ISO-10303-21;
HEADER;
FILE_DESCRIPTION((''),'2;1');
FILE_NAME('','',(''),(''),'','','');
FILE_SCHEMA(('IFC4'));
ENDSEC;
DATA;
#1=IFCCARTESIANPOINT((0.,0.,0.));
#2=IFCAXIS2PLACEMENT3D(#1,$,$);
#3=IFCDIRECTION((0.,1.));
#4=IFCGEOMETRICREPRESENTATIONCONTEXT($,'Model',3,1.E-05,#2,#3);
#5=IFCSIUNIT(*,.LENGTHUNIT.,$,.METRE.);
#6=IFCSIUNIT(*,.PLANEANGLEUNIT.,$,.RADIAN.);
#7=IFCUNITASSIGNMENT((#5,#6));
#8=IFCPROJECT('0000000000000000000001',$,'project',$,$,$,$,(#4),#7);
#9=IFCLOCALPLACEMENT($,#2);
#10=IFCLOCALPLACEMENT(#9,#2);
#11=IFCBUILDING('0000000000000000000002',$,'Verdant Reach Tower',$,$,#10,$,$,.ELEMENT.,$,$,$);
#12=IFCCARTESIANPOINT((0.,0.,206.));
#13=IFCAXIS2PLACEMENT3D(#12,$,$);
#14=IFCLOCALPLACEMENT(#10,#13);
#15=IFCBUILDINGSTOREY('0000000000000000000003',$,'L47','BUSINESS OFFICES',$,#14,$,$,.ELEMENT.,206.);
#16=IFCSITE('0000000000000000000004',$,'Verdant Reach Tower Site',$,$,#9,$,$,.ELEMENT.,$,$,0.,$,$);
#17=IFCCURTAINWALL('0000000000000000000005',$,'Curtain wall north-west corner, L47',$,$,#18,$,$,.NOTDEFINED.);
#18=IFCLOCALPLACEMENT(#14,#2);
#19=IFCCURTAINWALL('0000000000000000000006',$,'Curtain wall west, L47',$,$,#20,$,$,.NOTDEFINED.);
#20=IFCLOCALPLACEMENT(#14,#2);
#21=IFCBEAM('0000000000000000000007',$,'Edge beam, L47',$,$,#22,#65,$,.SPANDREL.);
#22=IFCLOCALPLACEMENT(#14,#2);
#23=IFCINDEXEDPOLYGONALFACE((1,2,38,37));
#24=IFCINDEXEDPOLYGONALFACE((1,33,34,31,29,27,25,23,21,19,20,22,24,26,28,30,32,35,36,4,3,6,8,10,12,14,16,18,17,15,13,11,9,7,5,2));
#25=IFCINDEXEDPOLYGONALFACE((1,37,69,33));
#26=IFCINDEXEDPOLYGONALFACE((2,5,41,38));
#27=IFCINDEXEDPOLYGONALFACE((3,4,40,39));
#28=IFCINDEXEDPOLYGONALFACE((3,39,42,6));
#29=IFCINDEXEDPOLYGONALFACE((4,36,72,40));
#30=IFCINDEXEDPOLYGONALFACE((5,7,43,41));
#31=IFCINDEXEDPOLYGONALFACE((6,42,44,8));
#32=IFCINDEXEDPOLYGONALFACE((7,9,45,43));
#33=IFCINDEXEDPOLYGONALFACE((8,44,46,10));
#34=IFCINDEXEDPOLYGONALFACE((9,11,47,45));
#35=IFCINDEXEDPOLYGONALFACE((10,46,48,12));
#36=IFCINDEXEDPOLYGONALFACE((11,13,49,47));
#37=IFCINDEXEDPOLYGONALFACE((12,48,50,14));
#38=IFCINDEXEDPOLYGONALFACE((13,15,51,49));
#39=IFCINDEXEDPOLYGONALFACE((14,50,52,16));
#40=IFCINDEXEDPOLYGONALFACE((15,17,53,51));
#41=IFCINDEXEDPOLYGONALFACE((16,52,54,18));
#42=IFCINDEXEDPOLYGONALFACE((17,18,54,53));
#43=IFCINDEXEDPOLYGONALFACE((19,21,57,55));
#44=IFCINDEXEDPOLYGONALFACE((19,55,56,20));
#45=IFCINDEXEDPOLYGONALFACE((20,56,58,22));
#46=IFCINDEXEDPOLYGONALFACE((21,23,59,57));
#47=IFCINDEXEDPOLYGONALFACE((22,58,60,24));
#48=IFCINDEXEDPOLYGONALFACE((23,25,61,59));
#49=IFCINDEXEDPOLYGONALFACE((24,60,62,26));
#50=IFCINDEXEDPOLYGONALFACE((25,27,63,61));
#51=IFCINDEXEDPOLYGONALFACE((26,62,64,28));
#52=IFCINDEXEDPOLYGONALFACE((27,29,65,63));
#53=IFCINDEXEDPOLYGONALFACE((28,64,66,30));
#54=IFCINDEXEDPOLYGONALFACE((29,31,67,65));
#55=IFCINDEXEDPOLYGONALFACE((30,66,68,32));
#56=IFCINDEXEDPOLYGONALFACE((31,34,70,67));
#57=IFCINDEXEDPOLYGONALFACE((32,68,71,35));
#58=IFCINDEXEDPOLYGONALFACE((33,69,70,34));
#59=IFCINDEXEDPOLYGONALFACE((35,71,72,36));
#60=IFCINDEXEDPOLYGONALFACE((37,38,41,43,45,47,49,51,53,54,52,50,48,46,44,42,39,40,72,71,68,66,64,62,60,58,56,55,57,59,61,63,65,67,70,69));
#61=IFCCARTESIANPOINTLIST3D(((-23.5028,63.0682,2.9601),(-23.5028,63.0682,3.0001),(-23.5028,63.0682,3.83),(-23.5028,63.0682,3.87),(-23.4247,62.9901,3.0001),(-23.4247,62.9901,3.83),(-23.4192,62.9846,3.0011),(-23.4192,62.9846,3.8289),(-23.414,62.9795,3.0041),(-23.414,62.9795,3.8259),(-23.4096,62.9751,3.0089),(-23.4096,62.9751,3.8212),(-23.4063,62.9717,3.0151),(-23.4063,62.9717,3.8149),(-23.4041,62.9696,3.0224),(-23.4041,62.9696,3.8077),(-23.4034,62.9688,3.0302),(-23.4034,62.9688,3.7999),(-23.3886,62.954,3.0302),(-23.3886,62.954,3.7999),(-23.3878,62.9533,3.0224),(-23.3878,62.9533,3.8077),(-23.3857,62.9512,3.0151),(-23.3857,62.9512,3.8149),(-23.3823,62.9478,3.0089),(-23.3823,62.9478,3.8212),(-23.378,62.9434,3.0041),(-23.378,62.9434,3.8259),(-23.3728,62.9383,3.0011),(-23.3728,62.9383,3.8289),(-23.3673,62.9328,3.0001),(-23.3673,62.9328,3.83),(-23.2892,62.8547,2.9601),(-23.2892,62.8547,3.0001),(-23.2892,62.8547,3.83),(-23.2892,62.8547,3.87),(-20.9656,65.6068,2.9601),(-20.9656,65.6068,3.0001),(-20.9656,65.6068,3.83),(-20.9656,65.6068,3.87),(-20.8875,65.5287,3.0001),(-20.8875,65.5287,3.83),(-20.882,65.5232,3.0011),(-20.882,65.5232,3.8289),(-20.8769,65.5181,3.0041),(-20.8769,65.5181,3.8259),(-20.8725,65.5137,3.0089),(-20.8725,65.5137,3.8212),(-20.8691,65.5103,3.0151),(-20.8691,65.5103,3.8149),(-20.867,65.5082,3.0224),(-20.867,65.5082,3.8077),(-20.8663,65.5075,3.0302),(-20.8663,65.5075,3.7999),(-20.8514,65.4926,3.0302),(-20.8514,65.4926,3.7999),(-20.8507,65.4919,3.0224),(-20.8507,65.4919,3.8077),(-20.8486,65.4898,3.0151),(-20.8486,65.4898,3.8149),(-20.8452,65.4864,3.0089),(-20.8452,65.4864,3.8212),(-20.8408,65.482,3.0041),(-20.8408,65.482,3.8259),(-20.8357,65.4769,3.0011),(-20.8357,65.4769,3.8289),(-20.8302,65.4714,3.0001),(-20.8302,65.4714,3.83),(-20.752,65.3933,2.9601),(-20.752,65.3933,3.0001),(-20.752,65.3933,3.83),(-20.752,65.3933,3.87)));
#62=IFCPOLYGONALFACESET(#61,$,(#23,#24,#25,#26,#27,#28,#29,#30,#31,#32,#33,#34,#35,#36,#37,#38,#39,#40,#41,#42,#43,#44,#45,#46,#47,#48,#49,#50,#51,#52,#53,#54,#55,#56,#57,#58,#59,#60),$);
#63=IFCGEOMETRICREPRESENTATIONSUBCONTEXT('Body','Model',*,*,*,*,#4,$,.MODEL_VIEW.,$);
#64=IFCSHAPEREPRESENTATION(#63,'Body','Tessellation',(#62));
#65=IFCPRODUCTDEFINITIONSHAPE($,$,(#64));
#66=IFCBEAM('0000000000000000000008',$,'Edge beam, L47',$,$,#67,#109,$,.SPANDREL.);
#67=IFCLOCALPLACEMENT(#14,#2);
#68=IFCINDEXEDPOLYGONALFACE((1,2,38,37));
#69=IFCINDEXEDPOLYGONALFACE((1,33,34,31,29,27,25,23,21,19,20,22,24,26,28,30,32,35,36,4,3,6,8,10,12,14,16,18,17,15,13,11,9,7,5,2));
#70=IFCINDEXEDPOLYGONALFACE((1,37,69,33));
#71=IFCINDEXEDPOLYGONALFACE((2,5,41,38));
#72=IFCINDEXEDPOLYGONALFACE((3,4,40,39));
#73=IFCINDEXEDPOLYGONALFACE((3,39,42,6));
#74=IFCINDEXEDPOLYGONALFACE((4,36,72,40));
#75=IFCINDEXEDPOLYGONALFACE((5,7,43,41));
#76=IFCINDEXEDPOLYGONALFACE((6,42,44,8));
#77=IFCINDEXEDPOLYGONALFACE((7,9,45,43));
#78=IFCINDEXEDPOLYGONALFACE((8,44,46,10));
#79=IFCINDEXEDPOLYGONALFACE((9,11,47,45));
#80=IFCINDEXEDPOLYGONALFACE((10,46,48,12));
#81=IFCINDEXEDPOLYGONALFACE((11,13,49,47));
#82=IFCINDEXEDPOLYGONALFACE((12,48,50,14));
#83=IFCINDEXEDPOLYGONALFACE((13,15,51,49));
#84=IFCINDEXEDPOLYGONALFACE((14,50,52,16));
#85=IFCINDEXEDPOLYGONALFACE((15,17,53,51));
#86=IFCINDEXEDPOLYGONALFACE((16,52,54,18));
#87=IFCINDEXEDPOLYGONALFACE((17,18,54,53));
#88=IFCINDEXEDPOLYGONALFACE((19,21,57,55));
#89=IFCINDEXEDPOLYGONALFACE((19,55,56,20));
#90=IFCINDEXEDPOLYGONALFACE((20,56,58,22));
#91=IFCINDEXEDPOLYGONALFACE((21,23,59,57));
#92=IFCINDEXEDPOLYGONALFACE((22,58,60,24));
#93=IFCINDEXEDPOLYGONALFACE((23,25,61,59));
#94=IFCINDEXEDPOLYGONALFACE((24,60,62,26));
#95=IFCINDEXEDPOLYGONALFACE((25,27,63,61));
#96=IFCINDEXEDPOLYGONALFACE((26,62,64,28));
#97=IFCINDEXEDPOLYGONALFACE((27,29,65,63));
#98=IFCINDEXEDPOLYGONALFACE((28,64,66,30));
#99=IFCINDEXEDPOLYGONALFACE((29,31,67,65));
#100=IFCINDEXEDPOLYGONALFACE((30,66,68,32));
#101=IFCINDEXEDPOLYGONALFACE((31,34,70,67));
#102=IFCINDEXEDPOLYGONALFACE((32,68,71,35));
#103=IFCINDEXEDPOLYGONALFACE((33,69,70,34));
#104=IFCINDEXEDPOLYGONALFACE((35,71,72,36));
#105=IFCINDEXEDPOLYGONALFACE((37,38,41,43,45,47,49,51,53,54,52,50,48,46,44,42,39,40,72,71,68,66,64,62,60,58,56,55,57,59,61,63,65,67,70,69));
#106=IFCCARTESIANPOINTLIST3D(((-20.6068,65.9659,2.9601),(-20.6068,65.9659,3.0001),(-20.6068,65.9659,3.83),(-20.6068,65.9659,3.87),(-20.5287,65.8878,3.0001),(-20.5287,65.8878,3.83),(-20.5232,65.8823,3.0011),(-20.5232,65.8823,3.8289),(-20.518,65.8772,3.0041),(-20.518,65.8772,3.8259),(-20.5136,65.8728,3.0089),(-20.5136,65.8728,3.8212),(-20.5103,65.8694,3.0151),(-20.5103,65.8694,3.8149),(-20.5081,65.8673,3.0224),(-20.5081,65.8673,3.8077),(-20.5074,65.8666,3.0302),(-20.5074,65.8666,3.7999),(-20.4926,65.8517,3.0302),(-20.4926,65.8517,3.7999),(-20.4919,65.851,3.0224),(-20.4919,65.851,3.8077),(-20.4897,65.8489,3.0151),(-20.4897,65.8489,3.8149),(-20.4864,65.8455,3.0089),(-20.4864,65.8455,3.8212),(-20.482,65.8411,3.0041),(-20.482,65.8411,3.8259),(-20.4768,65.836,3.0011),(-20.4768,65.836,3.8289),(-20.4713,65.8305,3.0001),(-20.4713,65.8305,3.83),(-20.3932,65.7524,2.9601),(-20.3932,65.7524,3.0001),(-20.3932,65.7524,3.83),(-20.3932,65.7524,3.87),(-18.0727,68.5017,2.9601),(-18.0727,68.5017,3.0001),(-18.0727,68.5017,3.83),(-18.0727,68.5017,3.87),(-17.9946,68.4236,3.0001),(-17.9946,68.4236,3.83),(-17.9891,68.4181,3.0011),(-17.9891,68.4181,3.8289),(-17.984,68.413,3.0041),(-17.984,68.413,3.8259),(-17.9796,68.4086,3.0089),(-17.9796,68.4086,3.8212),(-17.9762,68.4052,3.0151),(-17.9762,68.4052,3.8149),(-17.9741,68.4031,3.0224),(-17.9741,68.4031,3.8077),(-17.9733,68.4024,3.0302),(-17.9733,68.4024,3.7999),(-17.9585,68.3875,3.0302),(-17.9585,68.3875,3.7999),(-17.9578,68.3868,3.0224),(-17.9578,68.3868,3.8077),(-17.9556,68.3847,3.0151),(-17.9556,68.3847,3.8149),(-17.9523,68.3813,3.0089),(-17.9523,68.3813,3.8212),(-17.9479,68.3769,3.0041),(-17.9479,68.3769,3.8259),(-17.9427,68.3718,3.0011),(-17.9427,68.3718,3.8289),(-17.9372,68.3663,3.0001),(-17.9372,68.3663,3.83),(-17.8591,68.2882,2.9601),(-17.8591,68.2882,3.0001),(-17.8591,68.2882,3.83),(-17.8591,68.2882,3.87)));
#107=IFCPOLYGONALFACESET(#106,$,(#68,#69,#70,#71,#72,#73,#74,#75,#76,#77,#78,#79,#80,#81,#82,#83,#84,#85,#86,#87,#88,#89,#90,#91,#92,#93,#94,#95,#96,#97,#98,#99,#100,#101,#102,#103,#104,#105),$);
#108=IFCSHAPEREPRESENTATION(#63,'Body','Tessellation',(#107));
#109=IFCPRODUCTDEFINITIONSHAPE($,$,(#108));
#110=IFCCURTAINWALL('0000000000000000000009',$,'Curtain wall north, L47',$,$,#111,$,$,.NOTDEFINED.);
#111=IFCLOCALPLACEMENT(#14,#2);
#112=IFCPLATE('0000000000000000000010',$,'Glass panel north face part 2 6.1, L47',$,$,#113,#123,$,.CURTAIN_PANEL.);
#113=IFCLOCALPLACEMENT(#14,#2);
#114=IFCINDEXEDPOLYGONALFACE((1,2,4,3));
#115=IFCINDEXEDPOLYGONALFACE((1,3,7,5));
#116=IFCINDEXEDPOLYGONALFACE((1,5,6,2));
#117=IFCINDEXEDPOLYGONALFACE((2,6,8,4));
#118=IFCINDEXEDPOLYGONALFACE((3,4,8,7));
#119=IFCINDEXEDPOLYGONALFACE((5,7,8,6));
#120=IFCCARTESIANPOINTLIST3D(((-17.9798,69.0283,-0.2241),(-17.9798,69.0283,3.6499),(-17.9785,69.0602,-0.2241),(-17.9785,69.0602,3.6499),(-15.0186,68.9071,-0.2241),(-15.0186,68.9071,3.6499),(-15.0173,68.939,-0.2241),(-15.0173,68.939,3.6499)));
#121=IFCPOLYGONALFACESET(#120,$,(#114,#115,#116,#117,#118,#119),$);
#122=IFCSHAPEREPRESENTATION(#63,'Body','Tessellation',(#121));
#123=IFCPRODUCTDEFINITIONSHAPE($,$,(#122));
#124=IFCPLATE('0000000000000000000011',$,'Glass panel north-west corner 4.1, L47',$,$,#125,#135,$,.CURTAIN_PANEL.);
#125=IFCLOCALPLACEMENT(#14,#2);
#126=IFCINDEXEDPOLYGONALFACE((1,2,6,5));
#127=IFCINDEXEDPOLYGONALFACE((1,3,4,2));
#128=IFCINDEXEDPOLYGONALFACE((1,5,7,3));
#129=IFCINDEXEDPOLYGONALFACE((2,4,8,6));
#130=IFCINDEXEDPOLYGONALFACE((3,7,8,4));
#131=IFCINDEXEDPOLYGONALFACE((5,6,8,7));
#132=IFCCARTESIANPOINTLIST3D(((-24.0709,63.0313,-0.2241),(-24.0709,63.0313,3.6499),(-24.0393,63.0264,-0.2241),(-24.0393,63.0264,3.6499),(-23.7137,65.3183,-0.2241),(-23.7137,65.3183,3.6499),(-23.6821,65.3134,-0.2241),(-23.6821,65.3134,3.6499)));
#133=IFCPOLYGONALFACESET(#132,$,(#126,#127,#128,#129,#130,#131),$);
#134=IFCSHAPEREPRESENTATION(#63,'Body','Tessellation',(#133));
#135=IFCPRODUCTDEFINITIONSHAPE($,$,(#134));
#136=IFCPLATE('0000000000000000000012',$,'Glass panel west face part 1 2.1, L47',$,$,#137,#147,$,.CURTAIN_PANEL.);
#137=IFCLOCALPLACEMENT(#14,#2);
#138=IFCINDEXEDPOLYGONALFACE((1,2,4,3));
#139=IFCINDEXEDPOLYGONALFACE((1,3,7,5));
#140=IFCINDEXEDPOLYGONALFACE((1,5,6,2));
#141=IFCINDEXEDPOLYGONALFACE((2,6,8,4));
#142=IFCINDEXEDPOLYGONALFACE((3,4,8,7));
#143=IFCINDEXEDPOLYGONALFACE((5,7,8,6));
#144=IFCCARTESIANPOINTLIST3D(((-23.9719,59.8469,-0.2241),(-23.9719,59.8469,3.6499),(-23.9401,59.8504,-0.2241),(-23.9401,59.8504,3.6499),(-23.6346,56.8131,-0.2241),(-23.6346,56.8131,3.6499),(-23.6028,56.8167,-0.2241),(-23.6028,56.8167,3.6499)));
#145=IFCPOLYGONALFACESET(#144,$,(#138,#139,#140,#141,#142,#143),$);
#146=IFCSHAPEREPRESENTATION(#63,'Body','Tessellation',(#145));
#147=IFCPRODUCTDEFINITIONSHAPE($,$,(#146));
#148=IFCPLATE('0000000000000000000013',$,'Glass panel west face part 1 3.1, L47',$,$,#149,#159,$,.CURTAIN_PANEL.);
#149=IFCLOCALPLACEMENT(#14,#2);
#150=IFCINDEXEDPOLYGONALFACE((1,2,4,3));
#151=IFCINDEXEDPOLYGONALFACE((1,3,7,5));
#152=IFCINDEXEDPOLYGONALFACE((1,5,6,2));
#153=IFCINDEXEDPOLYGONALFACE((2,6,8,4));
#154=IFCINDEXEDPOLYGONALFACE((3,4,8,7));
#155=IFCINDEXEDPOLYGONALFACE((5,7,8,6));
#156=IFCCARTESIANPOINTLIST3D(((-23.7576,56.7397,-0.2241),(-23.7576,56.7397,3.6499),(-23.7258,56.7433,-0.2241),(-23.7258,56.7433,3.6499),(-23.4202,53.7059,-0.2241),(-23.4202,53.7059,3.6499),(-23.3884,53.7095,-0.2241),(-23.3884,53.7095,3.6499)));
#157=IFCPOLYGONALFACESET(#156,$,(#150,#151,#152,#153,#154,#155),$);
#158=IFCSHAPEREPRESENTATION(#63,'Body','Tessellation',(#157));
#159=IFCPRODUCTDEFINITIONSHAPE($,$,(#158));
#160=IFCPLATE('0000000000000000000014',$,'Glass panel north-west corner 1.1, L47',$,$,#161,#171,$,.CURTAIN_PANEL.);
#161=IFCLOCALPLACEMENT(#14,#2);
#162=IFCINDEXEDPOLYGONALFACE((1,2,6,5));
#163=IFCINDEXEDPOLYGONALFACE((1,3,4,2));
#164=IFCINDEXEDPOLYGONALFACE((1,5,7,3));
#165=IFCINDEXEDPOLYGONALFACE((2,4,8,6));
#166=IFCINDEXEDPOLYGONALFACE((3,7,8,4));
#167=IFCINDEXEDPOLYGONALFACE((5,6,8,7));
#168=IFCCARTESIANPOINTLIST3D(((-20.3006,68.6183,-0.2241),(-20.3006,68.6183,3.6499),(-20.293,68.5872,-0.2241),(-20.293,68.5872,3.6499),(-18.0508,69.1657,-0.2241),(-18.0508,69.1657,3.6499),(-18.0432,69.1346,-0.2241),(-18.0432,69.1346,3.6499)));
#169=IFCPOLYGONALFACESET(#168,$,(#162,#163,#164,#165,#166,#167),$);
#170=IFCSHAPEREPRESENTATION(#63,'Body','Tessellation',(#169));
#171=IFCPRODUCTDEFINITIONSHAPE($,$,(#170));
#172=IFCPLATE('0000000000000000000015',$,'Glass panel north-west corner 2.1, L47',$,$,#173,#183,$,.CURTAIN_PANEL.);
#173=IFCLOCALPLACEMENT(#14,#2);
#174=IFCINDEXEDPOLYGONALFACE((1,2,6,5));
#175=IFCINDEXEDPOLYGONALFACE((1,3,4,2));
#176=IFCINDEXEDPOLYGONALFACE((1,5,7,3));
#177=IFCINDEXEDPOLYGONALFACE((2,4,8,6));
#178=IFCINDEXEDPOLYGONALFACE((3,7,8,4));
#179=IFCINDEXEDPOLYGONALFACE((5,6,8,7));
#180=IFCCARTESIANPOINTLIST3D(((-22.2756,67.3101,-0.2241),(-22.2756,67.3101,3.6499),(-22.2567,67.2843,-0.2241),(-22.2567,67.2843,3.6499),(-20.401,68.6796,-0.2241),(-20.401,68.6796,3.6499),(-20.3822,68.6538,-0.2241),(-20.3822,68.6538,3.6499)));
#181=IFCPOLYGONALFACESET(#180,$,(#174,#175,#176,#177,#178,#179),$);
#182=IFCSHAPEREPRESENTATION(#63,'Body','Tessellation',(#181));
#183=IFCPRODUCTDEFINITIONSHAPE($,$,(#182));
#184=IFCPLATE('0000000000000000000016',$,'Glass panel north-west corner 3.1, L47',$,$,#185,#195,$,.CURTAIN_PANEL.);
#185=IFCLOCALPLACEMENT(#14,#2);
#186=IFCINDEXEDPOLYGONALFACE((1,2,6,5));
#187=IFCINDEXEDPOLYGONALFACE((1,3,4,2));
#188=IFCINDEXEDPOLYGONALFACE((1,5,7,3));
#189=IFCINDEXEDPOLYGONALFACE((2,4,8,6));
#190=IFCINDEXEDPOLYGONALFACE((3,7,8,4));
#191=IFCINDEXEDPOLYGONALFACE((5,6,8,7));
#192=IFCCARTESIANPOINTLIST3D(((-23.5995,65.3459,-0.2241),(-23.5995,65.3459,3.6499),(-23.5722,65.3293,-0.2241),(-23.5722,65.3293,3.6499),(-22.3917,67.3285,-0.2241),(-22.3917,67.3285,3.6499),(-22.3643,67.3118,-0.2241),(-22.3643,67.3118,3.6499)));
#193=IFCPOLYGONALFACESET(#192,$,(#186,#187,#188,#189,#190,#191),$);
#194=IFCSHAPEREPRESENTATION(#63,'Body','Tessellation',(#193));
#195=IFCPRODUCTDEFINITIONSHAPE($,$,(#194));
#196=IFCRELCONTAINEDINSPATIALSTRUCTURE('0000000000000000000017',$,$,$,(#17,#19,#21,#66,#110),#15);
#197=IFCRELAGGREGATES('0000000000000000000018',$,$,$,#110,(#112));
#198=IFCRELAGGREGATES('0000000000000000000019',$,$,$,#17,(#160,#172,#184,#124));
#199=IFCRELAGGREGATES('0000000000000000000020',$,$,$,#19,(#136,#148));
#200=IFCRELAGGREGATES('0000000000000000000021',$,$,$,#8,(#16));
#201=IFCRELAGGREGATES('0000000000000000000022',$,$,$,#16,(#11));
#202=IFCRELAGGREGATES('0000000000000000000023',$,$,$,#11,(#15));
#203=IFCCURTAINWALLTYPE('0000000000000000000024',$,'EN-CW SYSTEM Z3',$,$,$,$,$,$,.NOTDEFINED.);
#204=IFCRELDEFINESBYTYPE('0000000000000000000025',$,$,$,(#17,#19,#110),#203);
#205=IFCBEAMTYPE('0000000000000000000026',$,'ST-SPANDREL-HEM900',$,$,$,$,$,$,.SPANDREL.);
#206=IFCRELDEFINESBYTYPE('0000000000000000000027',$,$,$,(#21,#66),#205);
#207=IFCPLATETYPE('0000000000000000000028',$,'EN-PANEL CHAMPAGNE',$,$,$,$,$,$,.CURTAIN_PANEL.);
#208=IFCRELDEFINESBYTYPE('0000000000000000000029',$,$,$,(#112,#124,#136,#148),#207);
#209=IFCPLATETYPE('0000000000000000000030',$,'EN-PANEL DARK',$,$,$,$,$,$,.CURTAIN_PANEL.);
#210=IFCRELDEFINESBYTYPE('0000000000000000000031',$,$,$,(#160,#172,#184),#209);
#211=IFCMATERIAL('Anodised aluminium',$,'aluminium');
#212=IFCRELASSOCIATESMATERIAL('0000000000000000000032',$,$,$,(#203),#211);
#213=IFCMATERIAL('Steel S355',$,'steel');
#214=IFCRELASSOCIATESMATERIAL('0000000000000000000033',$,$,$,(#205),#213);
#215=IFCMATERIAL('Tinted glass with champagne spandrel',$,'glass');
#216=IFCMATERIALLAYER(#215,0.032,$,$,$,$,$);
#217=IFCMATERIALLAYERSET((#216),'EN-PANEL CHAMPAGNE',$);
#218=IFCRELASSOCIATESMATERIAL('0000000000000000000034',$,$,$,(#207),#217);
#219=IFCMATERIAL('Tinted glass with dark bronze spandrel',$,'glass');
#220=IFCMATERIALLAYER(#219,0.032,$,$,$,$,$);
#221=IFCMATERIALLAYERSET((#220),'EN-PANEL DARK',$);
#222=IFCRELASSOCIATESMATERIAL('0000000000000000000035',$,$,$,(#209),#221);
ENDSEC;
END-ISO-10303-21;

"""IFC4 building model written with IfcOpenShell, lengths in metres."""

from ifc_helpers import new_model, si_unit, direction, frame, origin, origin_2d, place, context, subcontext, project, spatial, rectangle, i_section, extrude, material, layer, layer_set, material_profile, profile_set, type_object, element, aggregate, save


model = new_model("IFC4")

# Units and contexts
model_context = context("Model", 3, precision=1e-05, world=origin(), true_north=direction((0.0, 1.0)))
body_context = subcontext(model_context, "Body", "Model", "MODEL_VIEW")
ifc_project = project(units=[si_unit("LENGTHUNIT", "METRE"), si_unit("PLANEANGLEUNIT", "RADIAN")], contexts=[model_context])

# Site, building, storey
site_placement = place(None, origin())
site = spatial("IfcSite", under=ifc_project, at=site_placement, Name="Verdant Reach Tower Site", CompositionType="ELEMENT", RefElevation=0.0)
building_placement = place(site_placement, origin())
building = spatial("IfcBuilding", under=site, at=building_placement, Name="Verdant Reach Tower", CompositionType="ELEMENT")
storey_placement = place(building_placement, frame((0.0, 0.0, 206.0)))
storey = spatial("IfcBuildingStorey", under=building, at=storey_placement, Name="L47", Description="BUSINESS OFFICES", CompositionType="ELEMENT", Elevation=206.0)

# Curtain walls
ifc_material_1 = material(Name="Anodised aluminium", Category="aluminium")
curtain_wall_type = type_object("IfcCurtainWallType", Name="EN-CW SYSTEM Z3", PredefinedType="NOTDEFINED", material=ifc_material_1)
curtain_wall_1_placement = place(storey_placement, origin())
curtain_wall_1 = element("IfcCurtainWall", 1, at=curtain_wall_1_placement, inside=storey, type_object=curtain_wall_type, Name="Curtain wall north-west corner, L47", PredefinedType="NOTDEFINED")
curtain_wall_2_placement = place(storey_placement, origin())
curtain_wall_2 = element("IfcCurtainWall", 2, at=curtain_wall_2_placement, inside=storey, type_object=curtain_wall_type, Name="Curtain wall west, L47", PredefinedType="NOTDEFINED")

# Beams
ifc_material_2 = material(Name="Steel S355", Category="steel")
ifc_material_profile_1 = material_profile(ifc_material_2, i_section(OverallWidth=0.302, OverallDepth=0.9099, WebThickness=0.021, FlangeThickness=0.04, FilletRadius=0.03, at=origin_2d()), Name="HEM 900")
ifc_profile_set_1 = profile_set([ifc_material_profile_1], Name="Steel S355")
beam_type_1 = type_object("IfcBeamType", Name="ST-SPANDREL-HEM900", PredefinedType="SPANDREL", material=ifc_profile_set_1)
beam_1_placement = place(storey_placement, frame((-23.396, 62.9614, 3.415), z_axis=(0.706903, 0.707311, 0.0), x_axis=(-0.707311, 0.706903, 0.0)))
element("IfcBeam", 3, at=beam_1_placement, inside=storey, type_object=beam_type_1, Name="Edge beam, L47", PredefinedType="SPANDREL", context=body_context, shape_type="SweptSolid", body=[
    extrude(i_section(OverallWidth=0.302, OverallDepth=0.9099, WebThickness=0.021, FlangeThickness=0.04, FilletRadius=0.03, at=origin_2d()), origin(), (0.0, 0.0, 1.0), 3.5891),
])
beam_2_placement = place(storey_placement, frame((-20.5, 65.8591, 3.415), z_axis=(0.706868, 0.707345, 0.0), x_axis=(-0.707345, 0.706868, 0.0)))
element("IfcBeam", 4, at=beam_2_placement, inside=storey, type_object=beam_type_1, Name="Edge beam, L47", PredefinedType="SPANDREL", context=body_context, shape_type="SweptSolid", body=[
    extrude(i_section(OverallWidth=0.302, OverallDepth=0.9099, WebThickness=0.021, FlangeThickness=0.04, FilletRadius=0.03, at=origin_2d()), origin(), (0.0, 0.0, 1.0), 3.585),
])

# Curtain wall, plate
curtain_wall_3_placement = place(storey_placement, origin())
curtain_wall_3 = element("IfcCurtainWall", 5, at=curtain_wall_3_placement, inside=storey, type_object=curtain_wall_type, Name="Curtain wall north, L47", PredefinedType="NOTDEFINED")
ifc_material_3 = material(Name="Tinted glass with champagne spandrel", Category="glass")
ifc_layer_1 = layer(ifc_material_3, 0.032)
ifc_layer_set_1 = layer_set([ifc_layer_1], Name="EN-PANEL CHAMPAGNE")
plate_type_1 = type_object("IfcPlateType", Name="EN-PANEL CHAMPAGNE", PredefinedType="CURTAIN_PANEL", material=ifc_layer_set_1)
plate_1_placement = place(storey_placement, frame((-16.4985, 68.9836, -0.2241), z_axis=(0.0, 0.0, 1.0), x_axis=(-0.999164, 0.040891, 0.0)))
plate_1 = element("IfcPlate", 6, at=plate_1_placement, type_object=plate_type_1, Name="Glass panel north face part 2 6.1, L47", PredefinedType="CURTAIN_PANEL", context=body_context, shape_type="SweptSolid", body=[
    extrude(rectangle(XDim=2.9636, YDim=0.032, at=origin_2d()), origin(), (0.0, 0.0, 1.0), 3.874),
])
aggregate(curtain_wall_3, [plate_1])

# Plates
plate_2_placement = place(storey_placement, frame((-23.8765, 64.1724, -0.2241), z_axis=(0.0, 0.0, 1.0), x_axis=(-0.154312, -0.988022, 0.0)))
plate_2 = element("IfcPlate", 7, at=plate_2_placement, type_object=plate_type_1, Name="Glass panel north-west corner 4.1, L47", PredefinedType="CURTAIN_PANEL", context=body_context, shape_type="SweptSolid", body=[
    extrude(rectangle(XDim=2.3147, YDim=0.032, at=origin_2d()), origin(), (0.0, 0.0, 1.0), 3.874),
])
plate_3_placement = place(storey_placement, frame((-23.7874, 58.3318, -0.2241), z_axis=(0.0, 0.0, 1.0), x_axis=(0.110518, -0.993874, 0.0)))
plate_3 = element("IfcPlate", 8, at=plate_3_placement, type_object=plate_type_1, Name="Glass panel west face part 1 2.1, L47", PredefinedType="CURTAIN_PANEL", context=body_context, shape_type="SweptSolid", body=[
    extrude(rectangle(XDim=3.0525, YDim=0.032, at=origin_2d()), origin(), (0.0, 0.0, 1.0), 3.874),
])
plate_4_placement = place(storey_placement, frame((-23.573, 55.2246, -0.2241), z_axis=(0.0, 0.0, 1.0), x_axis=(0.110518, -0.993874, 0.0)))
plate_4 = element("IfcPlate", 9, at=plate_4_placement, type_object=plate_type_1, Name="Glass panel west face part 1 3.1, L47", PredefinedType="CURTAIN_PANEL", context=body_context, shape_type="SweptSolid", body=[
    extrude(rectangle(XDim=3.0525, YDim=0.032, at=origin_2d()), origin(), (0.0, 0.0, 1.0), 3.874),
])
ifc_material_4 = material(Name="Tinted glass with dark bronze spandrel", Category="glass")
ifc_layer_2 = layer(ifc_material_4, 0.032)
ifc_layer_set_2 = layer_set([ifc_layer_2], Name="EN-PANEL DARK")
plate_type_2 = type_object("IfcPlateType", Name="EN-PANEL DARK", PredefinedType="CURTAIN_PANEL", material=ifc_layer_set_2)
plate_5_placement = place(storey_placement, frame((-19.1719, 68.8765, -0.2241), z_axis=(0.0, 0.0, 1.0), x_axis=(-0.971655, -0.236403, 0.0)))
plate_5 = element("IfcPlate", 10, at=plate_5_placement, type_object=plate_type_2, Name="Glass panel north-west corner 1.1, L47", PredefinedType="CURTAIN_PANEL", context=body_context, shape_type="SweptSolid", body=[
    extrude(rectangle(XDim=2.3154, YDim=0.032, at=origin_2d()), origin(), (0.0, 0.0, 1.0), 3.874),
])
plate_6_placement = place(storey_placement, frame((-21.3289, 67.9819, -0.2241), z_axis=(0.0, 0.0, 1.0), x_axis=(-0.807457, -0.589927, 0.0)))
plate_6 = element("IfcPlate", 11, at=plate_6_placement, type_object=plate_type_2, Name="Glass panel north-west corner 2.1, L47", PredefinedType="CURTAIN_PANEL", context=body_context, shape_type="SweptSolid", body=[
    extrude(rectangle(XDim=2.3215, YDim=0.032, at=origin_2d()), origin(), (0.0, 0.0, 1.0), 3.874),
])
plate_7_placement = place(storey_placement, frame((-22.9819, 66.3289, -0.2241), z_axis=(0.0, 0.0, 1.0), x_axis=(-0.520292, -0.853989, 0.0)))
plate_7 = element("IfcPlate", 12, at=plate_7_placement, type_object=plate_type_2, Name="Glass panel north-west corner 3.1, L47", PredefinedType="CURTAIN_PANEL", context=body_context, shape_type="SweptSolid", body=[
    extrude(rectangle(XDim=2.3215, YDim=0.032, at=origin_2d()), origin(), (0.0, 0.0, 1.0), 3.874),
])
aggregate(curtain_wall_1, [plate_5, plate_6, plate_7, plate_2])
aggregate(curtain_wall_2, [plate_3, plate_4])

save(model, "model.ifc")
